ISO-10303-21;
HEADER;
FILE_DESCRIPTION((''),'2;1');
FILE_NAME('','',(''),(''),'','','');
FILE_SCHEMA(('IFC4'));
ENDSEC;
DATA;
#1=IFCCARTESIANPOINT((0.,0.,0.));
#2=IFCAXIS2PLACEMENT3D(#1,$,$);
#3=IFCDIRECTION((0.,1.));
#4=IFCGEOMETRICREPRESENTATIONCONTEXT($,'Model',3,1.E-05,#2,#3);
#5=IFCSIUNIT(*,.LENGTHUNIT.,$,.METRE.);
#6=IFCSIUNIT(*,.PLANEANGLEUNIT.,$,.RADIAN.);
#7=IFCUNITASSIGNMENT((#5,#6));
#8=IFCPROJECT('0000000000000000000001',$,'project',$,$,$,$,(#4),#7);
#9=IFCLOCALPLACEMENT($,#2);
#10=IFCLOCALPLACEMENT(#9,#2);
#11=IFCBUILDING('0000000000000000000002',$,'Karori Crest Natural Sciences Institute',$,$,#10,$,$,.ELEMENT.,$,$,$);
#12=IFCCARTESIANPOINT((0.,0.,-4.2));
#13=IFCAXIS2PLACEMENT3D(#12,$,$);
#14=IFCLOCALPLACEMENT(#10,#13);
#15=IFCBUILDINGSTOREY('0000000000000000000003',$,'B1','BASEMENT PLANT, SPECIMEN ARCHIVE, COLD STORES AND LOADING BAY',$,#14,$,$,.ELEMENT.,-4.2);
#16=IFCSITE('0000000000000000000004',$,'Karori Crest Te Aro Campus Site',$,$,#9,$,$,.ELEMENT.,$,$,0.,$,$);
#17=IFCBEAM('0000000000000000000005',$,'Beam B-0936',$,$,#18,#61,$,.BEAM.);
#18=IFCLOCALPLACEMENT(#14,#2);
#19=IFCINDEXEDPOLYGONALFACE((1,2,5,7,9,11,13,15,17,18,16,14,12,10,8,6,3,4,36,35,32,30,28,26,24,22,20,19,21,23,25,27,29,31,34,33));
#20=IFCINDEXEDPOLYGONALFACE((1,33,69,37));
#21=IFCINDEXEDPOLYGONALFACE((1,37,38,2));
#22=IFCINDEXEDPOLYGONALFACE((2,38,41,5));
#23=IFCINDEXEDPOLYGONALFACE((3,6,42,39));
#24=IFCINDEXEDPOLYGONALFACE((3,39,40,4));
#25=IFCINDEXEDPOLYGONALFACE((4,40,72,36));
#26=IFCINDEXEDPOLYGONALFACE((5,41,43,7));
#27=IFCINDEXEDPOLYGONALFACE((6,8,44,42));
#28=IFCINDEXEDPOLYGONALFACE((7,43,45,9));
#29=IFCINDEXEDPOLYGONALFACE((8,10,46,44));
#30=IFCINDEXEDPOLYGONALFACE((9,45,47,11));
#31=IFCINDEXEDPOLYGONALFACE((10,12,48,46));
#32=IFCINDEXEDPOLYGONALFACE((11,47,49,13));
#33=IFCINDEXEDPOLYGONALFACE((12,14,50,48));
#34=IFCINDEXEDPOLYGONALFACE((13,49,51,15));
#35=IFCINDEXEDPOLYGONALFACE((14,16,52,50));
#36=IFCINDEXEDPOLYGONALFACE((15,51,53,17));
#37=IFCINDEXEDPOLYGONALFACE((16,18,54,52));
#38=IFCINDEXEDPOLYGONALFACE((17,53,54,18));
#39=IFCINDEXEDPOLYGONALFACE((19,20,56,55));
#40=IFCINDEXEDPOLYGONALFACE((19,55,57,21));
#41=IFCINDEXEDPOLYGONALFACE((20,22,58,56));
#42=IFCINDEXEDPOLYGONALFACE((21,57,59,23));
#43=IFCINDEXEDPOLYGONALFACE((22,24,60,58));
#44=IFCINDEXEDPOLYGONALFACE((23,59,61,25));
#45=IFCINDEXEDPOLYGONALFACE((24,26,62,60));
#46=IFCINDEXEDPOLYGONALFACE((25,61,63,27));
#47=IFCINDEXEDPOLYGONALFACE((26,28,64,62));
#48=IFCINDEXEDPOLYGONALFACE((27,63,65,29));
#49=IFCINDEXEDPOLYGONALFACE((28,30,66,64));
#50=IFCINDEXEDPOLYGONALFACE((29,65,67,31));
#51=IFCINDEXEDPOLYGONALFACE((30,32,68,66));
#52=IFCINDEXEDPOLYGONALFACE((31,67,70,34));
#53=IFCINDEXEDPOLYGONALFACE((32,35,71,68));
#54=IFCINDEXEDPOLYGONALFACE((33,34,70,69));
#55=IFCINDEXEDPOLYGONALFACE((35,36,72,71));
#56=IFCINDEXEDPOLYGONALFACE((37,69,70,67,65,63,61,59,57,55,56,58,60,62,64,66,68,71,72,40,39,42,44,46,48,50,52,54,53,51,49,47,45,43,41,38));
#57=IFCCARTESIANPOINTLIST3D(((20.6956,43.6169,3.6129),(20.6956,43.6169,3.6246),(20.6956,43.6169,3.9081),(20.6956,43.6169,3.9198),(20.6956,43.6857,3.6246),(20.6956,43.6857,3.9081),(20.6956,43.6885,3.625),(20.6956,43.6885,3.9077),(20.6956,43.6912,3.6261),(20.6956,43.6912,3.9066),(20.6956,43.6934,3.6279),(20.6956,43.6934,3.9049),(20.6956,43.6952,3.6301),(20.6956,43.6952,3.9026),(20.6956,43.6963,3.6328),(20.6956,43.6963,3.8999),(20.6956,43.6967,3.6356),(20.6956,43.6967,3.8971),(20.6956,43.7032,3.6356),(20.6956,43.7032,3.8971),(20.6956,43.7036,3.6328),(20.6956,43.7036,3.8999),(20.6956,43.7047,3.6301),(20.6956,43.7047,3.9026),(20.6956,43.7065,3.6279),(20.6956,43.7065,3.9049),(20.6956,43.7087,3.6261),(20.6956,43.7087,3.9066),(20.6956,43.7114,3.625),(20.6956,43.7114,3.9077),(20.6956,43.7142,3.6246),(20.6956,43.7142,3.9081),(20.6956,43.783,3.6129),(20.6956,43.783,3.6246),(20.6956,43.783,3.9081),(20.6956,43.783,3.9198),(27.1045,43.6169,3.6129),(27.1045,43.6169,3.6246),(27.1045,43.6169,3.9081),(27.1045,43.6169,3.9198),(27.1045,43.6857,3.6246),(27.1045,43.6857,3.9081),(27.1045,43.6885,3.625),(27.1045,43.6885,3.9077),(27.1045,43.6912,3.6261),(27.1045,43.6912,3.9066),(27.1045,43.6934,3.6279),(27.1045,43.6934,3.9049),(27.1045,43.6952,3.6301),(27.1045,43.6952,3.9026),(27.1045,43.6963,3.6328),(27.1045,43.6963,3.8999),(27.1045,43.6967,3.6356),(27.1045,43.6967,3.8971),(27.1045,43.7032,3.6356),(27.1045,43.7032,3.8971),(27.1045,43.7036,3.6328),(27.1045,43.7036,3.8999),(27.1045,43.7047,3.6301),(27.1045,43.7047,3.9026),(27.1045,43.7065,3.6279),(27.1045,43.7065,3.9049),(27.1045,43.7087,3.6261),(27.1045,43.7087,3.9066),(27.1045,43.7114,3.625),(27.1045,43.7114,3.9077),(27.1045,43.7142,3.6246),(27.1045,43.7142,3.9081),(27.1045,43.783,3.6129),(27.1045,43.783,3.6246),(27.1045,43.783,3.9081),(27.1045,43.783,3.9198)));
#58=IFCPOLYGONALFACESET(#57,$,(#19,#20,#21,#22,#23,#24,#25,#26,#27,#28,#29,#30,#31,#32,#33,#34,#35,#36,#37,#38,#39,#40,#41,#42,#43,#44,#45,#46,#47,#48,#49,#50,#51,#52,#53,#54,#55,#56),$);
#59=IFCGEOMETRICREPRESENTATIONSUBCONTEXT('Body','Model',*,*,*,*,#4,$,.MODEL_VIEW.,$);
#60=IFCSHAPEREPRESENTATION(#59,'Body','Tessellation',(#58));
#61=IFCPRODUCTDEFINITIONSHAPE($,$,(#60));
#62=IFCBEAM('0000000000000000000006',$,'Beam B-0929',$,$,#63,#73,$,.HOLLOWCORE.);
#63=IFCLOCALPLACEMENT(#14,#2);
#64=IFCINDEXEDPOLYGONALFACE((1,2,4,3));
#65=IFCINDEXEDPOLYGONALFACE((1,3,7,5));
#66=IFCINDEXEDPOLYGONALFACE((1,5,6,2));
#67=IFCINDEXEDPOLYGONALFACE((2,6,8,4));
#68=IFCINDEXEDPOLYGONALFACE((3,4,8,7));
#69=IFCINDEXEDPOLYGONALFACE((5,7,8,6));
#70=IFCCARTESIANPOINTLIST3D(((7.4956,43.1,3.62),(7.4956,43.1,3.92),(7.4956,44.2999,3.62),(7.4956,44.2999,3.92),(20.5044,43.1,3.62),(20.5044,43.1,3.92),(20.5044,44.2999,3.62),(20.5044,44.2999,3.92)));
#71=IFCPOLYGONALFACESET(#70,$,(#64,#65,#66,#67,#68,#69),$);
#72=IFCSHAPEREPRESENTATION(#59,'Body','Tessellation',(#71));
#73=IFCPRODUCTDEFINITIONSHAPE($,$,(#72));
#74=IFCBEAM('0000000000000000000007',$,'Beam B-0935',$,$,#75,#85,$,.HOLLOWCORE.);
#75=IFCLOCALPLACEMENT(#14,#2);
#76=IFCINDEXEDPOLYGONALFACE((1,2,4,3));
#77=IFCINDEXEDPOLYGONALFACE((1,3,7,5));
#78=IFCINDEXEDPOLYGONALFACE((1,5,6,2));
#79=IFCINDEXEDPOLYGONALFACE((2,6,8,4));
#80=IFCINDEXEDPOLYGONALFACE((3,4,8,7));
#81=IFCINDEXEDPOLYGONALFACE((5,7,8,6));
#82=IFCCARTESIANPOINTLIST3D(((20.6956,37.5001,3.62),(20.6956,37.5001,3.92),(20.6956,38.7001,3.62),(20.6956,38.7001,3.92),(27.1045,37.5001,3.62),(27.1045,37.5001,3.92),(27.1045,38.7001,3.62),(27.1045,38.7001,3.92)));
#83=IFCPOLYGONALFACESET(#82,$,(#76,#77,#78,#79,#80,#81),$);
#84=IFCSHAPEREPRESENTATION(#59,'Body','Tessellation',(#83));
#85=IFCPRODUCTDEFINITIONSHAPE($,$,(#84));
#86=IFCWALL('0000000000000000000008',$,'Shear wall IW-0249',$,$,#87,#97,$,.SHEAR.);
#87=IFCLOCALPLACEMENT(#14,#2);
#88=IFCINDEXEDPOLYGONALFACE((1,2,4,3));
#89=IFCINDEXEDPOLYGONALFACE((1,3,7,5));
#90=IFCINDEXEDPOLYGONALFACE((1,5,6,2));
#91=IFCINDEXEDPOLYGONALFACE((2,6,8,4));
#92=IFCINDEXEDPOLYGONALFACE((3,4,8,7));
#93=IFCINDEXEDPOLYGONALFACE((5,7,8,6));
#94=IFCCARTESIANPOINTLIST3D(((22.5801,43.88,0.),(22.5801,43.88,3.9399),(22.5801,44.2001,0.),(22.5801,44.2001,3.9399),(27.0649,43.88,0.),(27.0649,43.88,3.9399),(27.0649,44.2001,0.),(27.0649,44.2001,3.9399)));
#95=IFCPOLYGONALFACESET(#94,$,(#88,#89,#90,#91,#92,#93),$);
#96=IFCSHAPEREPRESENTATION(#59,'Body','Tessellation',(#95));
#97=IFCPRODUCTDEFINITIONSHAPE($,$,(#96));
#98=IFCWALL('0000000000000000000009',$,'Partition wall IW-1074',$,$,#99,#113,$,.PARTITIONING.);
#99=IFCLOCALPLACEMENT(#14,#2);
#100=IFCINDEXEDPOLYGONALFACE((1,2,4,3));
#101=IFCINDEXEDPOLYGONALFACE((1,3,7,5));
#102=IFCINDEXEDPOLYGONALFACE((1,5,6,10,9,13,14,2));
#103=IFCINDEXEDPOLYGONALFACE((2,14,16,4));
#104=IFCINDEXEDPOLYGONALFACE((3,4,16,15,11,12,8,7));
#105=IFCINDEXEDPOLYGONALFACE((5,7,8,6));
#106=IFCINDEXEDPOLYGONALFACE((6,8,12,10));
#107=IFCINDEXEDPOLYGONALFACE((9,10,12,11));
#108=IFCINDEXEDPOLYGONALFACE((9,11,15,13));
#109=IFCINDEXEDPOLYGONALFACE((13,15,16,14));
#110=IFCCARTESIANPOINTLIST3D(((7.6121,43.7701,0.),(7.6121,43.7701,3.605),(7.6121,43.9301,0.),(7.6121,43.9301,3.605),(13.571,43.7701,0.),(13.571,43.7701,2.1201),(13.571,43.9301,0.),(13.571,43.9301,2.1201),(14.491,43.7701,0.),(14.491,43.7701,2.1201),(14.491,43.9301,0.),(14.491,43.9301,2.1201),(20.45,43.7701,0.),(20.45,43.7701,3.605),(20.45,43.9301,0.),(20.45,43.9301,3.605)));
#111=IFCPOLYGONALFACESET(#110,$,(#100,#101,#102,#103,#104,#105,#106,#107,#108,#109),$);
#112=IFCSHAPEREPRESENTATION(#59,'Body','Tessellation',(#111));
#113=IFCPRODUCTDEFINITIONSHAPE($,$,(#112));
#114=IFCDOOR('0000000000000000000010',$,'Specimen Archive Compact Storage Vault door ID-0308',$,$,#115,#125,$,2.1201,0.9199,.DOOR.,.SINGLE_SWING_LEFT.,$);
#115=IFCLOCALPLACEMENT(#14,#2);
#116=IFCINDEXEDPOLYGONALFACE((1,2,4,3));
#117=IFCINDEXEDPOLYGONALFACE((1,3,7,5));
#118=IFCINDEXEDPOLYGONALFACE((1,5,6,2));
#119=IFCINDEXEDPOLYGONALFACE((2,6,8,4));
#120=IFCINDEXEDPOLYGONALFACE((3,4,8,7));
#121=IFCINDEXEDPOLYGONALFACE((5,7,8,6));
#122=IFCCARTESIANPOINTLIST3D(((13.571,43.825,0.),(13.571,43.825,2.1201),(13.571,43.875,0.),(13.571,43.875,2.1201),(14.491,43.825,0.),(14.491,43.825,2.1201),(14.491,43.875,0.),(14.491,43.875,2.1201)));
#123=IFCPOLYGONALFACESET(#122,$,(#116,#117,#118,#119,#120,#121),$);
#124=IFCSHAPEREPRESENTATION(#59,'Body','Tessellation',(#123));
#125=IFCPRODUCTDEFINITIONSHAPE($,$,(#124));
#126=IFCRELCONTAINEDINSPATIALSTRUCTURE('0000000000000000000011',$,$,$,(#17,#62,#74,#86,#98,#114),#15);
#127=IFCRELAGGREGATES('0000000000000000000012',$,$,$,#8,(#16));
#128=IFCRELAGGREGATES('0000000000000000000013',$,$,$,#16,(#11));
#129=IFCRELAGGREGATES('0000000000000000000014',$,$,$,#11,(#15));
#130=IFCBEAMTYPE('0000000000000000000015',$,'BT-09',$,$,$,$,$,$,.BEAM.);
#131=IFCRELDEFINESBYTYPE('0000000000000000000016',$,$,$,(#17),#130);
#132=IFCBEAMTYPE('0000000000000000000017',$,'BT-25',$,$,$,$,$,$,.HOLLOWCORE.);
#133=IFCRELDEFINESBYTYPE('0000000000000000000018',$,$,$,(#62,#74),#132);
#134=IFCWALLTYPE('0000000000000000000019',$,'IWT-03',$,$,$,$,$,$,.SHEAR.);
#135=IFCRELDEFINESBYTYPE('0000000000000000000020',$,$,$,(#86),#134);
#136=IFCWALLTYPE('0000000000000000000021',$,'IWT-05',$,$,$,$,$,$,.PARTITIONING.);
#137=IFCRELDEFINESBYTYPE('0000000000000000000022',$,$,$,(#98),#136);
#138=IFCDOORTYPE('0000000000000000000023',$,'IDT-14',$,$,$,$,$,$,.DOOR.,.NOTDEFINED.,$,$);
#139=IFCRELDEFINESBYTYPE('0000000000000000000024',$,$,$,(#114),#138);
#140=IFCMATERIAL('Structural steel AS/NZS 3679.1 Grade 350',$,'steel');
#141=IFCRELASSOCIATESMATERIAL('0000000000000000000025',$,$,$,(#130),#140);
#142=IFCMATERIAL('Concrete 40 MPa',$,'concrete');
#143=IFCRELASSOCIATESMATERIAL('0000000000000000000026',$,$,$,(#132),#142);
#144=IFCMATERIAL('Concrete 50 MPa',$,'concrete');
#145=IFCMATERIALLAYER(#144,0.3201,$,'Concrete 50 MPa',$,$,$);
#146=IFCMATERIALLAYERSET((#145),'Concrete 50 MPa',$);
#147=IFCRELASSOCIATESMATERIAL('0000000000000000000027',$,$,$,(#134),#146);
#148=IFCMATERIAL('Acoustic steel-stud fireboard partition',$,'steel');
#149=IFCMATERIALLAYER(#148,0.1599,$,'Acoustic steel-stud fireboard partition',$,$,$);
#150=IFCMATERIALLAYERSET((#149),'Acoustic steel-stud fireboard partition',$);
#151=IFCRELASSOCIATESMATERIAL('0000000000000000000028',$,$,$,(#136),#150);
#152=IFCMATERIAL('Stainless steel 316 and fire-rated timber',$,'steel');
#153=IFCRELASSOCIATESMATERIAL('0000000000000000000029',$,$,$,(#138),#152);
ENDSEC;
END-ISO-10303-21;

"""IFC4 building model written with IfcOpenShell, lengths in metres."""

from ifc_helpers import new_model, si_unit, direction, frame, frame_2d, origin, origin_2d, place, context, subcontext, project, spatial, rectangle, i_section, extrude, material, layer, layer_set, material_profile, profile_set, type_object, element, fill, save


model = new_model("IFC4")

# Units and contexts
model_context = context("Model", 3, precision=1e-05, world=origin(), true_north=direction((0.0, 1.0)))
body_context = subcontext(model_context, "Body", "Model", "MODEL_VIEW")
ifc_project = project(units=[si_unit("LENGTHUNIT", "METRE"), si_unit("PLANEANGLEUNIT", "RADIAN")], contexts=[model_context])

# Site, building, storey
site_placement = place(None, origin())
site = spatial("IfcSite", under=ifc_project, at=site_placement, Name="Karori Crest Te Aro Campus Site", CompositionType="ELEMENT", RefElevation=0.0)
building_placement = place(site_placement, origin())
building = spatial("IfcBuilding", under=site, at=building_placement, Name="Karori Crest Natural Sciences Institute", CompositionType="ELEMENT")
storey_placement = place(building_placement, frame((0.0, 0.0, -4.2)))
storey = spatial("IfcBuildingStorey", under=building, at=storey_placement, Name="B1", Description="BASEMENT PLANT, SPECIMEN ARCHIVE, COLD STORES AND LOADING BAY", CompositionType="ELEMENT", Elevation=-4.2)

# Shared definitions
ifc_material_1 = material(Name="Concrete 40 MPa", Category="concrete")

# Shared definitions
ifc_material_2 = material(Name="Structural steel AS/NZS 3679.1 Grade 350", Category="steel")

# Beams
ifc_material_profile_1 = material_profile(ifc_material_2, i_section(OverallWidth=0.166, OverallDepth=0.3069, WebThickness=0.0066, FlangeThickness=0.0117, FilletRadius=0.011, at=origin_2d()), Name="310UB46.2")
ifc_profile_set_1 = profile_set([ifc_material_profile_1], Name="Structural steel AS/NZS 3679.1 Grade 350")
beam_type_1 = type_object("IfcBeamType", Name="BT-09", PredefinedType="BEAM", material=ifc_profile_set_1)
beam_1_placement = place(storey_placement, frame((20.6956, 43.7, 3.7664), z_axis=(1.0, 0.0, 0.0), x_axis=(0.0, 1.0, 0.0)))
element("IfcBeam", 1, at=beam_1_placement, inside=storey, type_object=beam_type_1, Name="Beam B-0936", PredefinedType="BEAM", context=body_context, shape_type="SweptSolid", body=[
    extrude(i_section(OverallWidth=0.166, OverallDepth=0.3069, WebThickness=0.0066, FlangeThickness=0.0117, FilletRadius=0.011, at=origin_2d()), origin(), (0.0, 0.0, 1.0), 6.4089),
])
ifc_material_profile_2 = material_profile(ifc_material_1, rectangle(XDim=1.2, YDim=0.3, at=origin_2d()), Name="HCP1200x300")
ifc_profile_set_2 = profile_set([ifc_material_profile_2], Name="Concrete 40 MPa")
beam_type_2 = type_object("IfcBeamType", Name="BT-25", PredefinedType="HOLLOWCORE", material=ifc_profile_set_2)
beam_2_placement = place(storey_placement, frame((7.4956, 43.7, 3.77), z_axis=(1.0, 0.0, 0.0), x_axis=(0.0, 1.0, 0.0)))
element("IfcBeam", 2, at=beam_2_placement, inside=storey, type_object=beam_type_2, Name="Beam B-0929", PredefinedType="HOLLOWCORE", context=body_context, shape_type="SweptSolid", body=[
    extrude(rectangle(XDim=1.2, YDim=0.3, at=origin_2d()), origin(), (0.0, 0.0, 1.0), 13.0088),
])
beam_3_placement = place(storey_placement, frame((20.6956, 38.1001, 3.77), z_axis=(1.0, 0.0, 0.0), x_axis=(0.0, 1.0, 0.0)))
element("IfcBeam", 3, at=beam_3_placement, inside=storey, type_object=beam_type_2, Name="Beam B-0935", PredefinedType="HOLLOWCORE", context=body_context, shape_type="SweptSolid", body=[
    extrude(rectangle(XDim=1.2, YDim=0.3, at=origin_2d()), origin(), (0.0, 0.0, 1.0), 6.4089),
])

# Wall
ifc_material_3 = material(Name="Concrete 50 MPa", Category="concrete")
ifc_layer_1 = layer(ifc_material_3, 0.3201, Name="Concrete 50 MPa")
ifc_layer_set_1 = layer_set([ifc_layer_1], Name="Concrete 50 MPa")
wall_type_1 = type_object("IfcWallType", Name="IWT-03", PredefinedType="SHEAR", material=ifc_layer_set_1)
wall_1_placement = place(storey_placement, frame((22.5801, 44.04, 0.0), z_axis=(0.0, 0.0, 1.0), x_axis=(1.0, 0.0, 0.0)))
element("IfcWall", 4, at=wall_1_placement, inside=storey, type_object=wall_type_1, Name="Shear wall IW-0249", PredefinedType="SHEAR", context=body_context, shape_type="SweptSolid", body=[
    extrude(rectangle(XDim=4.4849, YDim=0.3201, at=frame_2d((2.2424, 0.0))), origin(), (0.0, 0.0, 1.0), 3.9399),
])

# Wall, opening, door
ifc_material_4 = material(Name="Stainless steel 316 and fire-rated timber", Category="steel")
ifc_material_5 = material(Name="Acoustic steel-stud fireboard partition", Category="steel")
ifc_layer_2 = layer(ifc_material_5, 0.1599, Name="Acoustic steel-stud fireboard partition")
ifc_layer_set_2 = layer_set([ifc_layer_2], Name="Acoustic steel-stud fireboard partition")
wall_type_2 = type_object("IfcWallType", Name="IWT-05", PredefinedType="PARTITIONING", material=ifc_layer_set_2)
wall_2_placement = place(storey_placement, frame((7.6121, 43.8501, 0.0), z_axis=(0.0, 0.0, 1.0), x_axis=(1.0, 0.0, 0.0)))
wall_2 = element("IfcWall", 5, at=wall_2_placement, inside=storey, type_object=wall_type_2, Name="Partition wall IW-1074", PredefinedType="PARTITIONING", context=body_context, shape_type="SweptSolid", body=[
    extrude(rectangle(XDim=12.8379, YDim=0.1599, at=frame_2d((6.4189, 0.0))), origin(), (0.0, 0.0, 1.0), 3.605),
])
opening_1_placement = place(wall_2_placement, frame((5.959, 0.0, 0.0)))
opening_1 = element("IfcOpeningElement", 6, at=opening_1_placement, cuts=wall_2, PredefinedType="OPENING", context=body_context, shape_type="SweptSolid", body=[
    extrude(rectangle(XDim=0.9199, YDim=2.1201, at=frame_2d((0.46, 1.0601))), frame((0.0, 0.0898, 0.0), z_axis=(0.0, -1.0, 0.0), x_axis=(1.0, 0.0, 0.0)), (0.0, 0.0, 1.0), 0.1799),
])
door_type_1 = type_object("IfcDoorType", Name="IDT-14", OperationType="NOTDEFINED", PredefinedType="DOOR", material=ifc_material_4)
door_1_placement = place(opening_1_placement, origin())
door_1 = element("IfcDoor", 7, at=door_1_placement, inside=storey, type_object=door_type_1, Name="Specimen Archive Compact Storage Vault door ID-0308", OperationType="SINGLE_SWING_LEFT", OverallHeight=2.1201, OverallWidth=0.9199, PredefinedType="DOOR", context=body_context, shape_type="SweptSolid", body=[
    extrude(rectangle(XDim=0.9199, YDim=2.1201, at=frame_2d((0.46, 1.0601))), frame((0.0, 0.0249, 0.0), z_axis=(0.0, -1.0, 0.0), x_axis=(1.0, 0.0, 0.0)), (0.0, 0.0, 1.0), 0.05),
])
fill(opening_1, door_1)

save(model, "model.ifc")
